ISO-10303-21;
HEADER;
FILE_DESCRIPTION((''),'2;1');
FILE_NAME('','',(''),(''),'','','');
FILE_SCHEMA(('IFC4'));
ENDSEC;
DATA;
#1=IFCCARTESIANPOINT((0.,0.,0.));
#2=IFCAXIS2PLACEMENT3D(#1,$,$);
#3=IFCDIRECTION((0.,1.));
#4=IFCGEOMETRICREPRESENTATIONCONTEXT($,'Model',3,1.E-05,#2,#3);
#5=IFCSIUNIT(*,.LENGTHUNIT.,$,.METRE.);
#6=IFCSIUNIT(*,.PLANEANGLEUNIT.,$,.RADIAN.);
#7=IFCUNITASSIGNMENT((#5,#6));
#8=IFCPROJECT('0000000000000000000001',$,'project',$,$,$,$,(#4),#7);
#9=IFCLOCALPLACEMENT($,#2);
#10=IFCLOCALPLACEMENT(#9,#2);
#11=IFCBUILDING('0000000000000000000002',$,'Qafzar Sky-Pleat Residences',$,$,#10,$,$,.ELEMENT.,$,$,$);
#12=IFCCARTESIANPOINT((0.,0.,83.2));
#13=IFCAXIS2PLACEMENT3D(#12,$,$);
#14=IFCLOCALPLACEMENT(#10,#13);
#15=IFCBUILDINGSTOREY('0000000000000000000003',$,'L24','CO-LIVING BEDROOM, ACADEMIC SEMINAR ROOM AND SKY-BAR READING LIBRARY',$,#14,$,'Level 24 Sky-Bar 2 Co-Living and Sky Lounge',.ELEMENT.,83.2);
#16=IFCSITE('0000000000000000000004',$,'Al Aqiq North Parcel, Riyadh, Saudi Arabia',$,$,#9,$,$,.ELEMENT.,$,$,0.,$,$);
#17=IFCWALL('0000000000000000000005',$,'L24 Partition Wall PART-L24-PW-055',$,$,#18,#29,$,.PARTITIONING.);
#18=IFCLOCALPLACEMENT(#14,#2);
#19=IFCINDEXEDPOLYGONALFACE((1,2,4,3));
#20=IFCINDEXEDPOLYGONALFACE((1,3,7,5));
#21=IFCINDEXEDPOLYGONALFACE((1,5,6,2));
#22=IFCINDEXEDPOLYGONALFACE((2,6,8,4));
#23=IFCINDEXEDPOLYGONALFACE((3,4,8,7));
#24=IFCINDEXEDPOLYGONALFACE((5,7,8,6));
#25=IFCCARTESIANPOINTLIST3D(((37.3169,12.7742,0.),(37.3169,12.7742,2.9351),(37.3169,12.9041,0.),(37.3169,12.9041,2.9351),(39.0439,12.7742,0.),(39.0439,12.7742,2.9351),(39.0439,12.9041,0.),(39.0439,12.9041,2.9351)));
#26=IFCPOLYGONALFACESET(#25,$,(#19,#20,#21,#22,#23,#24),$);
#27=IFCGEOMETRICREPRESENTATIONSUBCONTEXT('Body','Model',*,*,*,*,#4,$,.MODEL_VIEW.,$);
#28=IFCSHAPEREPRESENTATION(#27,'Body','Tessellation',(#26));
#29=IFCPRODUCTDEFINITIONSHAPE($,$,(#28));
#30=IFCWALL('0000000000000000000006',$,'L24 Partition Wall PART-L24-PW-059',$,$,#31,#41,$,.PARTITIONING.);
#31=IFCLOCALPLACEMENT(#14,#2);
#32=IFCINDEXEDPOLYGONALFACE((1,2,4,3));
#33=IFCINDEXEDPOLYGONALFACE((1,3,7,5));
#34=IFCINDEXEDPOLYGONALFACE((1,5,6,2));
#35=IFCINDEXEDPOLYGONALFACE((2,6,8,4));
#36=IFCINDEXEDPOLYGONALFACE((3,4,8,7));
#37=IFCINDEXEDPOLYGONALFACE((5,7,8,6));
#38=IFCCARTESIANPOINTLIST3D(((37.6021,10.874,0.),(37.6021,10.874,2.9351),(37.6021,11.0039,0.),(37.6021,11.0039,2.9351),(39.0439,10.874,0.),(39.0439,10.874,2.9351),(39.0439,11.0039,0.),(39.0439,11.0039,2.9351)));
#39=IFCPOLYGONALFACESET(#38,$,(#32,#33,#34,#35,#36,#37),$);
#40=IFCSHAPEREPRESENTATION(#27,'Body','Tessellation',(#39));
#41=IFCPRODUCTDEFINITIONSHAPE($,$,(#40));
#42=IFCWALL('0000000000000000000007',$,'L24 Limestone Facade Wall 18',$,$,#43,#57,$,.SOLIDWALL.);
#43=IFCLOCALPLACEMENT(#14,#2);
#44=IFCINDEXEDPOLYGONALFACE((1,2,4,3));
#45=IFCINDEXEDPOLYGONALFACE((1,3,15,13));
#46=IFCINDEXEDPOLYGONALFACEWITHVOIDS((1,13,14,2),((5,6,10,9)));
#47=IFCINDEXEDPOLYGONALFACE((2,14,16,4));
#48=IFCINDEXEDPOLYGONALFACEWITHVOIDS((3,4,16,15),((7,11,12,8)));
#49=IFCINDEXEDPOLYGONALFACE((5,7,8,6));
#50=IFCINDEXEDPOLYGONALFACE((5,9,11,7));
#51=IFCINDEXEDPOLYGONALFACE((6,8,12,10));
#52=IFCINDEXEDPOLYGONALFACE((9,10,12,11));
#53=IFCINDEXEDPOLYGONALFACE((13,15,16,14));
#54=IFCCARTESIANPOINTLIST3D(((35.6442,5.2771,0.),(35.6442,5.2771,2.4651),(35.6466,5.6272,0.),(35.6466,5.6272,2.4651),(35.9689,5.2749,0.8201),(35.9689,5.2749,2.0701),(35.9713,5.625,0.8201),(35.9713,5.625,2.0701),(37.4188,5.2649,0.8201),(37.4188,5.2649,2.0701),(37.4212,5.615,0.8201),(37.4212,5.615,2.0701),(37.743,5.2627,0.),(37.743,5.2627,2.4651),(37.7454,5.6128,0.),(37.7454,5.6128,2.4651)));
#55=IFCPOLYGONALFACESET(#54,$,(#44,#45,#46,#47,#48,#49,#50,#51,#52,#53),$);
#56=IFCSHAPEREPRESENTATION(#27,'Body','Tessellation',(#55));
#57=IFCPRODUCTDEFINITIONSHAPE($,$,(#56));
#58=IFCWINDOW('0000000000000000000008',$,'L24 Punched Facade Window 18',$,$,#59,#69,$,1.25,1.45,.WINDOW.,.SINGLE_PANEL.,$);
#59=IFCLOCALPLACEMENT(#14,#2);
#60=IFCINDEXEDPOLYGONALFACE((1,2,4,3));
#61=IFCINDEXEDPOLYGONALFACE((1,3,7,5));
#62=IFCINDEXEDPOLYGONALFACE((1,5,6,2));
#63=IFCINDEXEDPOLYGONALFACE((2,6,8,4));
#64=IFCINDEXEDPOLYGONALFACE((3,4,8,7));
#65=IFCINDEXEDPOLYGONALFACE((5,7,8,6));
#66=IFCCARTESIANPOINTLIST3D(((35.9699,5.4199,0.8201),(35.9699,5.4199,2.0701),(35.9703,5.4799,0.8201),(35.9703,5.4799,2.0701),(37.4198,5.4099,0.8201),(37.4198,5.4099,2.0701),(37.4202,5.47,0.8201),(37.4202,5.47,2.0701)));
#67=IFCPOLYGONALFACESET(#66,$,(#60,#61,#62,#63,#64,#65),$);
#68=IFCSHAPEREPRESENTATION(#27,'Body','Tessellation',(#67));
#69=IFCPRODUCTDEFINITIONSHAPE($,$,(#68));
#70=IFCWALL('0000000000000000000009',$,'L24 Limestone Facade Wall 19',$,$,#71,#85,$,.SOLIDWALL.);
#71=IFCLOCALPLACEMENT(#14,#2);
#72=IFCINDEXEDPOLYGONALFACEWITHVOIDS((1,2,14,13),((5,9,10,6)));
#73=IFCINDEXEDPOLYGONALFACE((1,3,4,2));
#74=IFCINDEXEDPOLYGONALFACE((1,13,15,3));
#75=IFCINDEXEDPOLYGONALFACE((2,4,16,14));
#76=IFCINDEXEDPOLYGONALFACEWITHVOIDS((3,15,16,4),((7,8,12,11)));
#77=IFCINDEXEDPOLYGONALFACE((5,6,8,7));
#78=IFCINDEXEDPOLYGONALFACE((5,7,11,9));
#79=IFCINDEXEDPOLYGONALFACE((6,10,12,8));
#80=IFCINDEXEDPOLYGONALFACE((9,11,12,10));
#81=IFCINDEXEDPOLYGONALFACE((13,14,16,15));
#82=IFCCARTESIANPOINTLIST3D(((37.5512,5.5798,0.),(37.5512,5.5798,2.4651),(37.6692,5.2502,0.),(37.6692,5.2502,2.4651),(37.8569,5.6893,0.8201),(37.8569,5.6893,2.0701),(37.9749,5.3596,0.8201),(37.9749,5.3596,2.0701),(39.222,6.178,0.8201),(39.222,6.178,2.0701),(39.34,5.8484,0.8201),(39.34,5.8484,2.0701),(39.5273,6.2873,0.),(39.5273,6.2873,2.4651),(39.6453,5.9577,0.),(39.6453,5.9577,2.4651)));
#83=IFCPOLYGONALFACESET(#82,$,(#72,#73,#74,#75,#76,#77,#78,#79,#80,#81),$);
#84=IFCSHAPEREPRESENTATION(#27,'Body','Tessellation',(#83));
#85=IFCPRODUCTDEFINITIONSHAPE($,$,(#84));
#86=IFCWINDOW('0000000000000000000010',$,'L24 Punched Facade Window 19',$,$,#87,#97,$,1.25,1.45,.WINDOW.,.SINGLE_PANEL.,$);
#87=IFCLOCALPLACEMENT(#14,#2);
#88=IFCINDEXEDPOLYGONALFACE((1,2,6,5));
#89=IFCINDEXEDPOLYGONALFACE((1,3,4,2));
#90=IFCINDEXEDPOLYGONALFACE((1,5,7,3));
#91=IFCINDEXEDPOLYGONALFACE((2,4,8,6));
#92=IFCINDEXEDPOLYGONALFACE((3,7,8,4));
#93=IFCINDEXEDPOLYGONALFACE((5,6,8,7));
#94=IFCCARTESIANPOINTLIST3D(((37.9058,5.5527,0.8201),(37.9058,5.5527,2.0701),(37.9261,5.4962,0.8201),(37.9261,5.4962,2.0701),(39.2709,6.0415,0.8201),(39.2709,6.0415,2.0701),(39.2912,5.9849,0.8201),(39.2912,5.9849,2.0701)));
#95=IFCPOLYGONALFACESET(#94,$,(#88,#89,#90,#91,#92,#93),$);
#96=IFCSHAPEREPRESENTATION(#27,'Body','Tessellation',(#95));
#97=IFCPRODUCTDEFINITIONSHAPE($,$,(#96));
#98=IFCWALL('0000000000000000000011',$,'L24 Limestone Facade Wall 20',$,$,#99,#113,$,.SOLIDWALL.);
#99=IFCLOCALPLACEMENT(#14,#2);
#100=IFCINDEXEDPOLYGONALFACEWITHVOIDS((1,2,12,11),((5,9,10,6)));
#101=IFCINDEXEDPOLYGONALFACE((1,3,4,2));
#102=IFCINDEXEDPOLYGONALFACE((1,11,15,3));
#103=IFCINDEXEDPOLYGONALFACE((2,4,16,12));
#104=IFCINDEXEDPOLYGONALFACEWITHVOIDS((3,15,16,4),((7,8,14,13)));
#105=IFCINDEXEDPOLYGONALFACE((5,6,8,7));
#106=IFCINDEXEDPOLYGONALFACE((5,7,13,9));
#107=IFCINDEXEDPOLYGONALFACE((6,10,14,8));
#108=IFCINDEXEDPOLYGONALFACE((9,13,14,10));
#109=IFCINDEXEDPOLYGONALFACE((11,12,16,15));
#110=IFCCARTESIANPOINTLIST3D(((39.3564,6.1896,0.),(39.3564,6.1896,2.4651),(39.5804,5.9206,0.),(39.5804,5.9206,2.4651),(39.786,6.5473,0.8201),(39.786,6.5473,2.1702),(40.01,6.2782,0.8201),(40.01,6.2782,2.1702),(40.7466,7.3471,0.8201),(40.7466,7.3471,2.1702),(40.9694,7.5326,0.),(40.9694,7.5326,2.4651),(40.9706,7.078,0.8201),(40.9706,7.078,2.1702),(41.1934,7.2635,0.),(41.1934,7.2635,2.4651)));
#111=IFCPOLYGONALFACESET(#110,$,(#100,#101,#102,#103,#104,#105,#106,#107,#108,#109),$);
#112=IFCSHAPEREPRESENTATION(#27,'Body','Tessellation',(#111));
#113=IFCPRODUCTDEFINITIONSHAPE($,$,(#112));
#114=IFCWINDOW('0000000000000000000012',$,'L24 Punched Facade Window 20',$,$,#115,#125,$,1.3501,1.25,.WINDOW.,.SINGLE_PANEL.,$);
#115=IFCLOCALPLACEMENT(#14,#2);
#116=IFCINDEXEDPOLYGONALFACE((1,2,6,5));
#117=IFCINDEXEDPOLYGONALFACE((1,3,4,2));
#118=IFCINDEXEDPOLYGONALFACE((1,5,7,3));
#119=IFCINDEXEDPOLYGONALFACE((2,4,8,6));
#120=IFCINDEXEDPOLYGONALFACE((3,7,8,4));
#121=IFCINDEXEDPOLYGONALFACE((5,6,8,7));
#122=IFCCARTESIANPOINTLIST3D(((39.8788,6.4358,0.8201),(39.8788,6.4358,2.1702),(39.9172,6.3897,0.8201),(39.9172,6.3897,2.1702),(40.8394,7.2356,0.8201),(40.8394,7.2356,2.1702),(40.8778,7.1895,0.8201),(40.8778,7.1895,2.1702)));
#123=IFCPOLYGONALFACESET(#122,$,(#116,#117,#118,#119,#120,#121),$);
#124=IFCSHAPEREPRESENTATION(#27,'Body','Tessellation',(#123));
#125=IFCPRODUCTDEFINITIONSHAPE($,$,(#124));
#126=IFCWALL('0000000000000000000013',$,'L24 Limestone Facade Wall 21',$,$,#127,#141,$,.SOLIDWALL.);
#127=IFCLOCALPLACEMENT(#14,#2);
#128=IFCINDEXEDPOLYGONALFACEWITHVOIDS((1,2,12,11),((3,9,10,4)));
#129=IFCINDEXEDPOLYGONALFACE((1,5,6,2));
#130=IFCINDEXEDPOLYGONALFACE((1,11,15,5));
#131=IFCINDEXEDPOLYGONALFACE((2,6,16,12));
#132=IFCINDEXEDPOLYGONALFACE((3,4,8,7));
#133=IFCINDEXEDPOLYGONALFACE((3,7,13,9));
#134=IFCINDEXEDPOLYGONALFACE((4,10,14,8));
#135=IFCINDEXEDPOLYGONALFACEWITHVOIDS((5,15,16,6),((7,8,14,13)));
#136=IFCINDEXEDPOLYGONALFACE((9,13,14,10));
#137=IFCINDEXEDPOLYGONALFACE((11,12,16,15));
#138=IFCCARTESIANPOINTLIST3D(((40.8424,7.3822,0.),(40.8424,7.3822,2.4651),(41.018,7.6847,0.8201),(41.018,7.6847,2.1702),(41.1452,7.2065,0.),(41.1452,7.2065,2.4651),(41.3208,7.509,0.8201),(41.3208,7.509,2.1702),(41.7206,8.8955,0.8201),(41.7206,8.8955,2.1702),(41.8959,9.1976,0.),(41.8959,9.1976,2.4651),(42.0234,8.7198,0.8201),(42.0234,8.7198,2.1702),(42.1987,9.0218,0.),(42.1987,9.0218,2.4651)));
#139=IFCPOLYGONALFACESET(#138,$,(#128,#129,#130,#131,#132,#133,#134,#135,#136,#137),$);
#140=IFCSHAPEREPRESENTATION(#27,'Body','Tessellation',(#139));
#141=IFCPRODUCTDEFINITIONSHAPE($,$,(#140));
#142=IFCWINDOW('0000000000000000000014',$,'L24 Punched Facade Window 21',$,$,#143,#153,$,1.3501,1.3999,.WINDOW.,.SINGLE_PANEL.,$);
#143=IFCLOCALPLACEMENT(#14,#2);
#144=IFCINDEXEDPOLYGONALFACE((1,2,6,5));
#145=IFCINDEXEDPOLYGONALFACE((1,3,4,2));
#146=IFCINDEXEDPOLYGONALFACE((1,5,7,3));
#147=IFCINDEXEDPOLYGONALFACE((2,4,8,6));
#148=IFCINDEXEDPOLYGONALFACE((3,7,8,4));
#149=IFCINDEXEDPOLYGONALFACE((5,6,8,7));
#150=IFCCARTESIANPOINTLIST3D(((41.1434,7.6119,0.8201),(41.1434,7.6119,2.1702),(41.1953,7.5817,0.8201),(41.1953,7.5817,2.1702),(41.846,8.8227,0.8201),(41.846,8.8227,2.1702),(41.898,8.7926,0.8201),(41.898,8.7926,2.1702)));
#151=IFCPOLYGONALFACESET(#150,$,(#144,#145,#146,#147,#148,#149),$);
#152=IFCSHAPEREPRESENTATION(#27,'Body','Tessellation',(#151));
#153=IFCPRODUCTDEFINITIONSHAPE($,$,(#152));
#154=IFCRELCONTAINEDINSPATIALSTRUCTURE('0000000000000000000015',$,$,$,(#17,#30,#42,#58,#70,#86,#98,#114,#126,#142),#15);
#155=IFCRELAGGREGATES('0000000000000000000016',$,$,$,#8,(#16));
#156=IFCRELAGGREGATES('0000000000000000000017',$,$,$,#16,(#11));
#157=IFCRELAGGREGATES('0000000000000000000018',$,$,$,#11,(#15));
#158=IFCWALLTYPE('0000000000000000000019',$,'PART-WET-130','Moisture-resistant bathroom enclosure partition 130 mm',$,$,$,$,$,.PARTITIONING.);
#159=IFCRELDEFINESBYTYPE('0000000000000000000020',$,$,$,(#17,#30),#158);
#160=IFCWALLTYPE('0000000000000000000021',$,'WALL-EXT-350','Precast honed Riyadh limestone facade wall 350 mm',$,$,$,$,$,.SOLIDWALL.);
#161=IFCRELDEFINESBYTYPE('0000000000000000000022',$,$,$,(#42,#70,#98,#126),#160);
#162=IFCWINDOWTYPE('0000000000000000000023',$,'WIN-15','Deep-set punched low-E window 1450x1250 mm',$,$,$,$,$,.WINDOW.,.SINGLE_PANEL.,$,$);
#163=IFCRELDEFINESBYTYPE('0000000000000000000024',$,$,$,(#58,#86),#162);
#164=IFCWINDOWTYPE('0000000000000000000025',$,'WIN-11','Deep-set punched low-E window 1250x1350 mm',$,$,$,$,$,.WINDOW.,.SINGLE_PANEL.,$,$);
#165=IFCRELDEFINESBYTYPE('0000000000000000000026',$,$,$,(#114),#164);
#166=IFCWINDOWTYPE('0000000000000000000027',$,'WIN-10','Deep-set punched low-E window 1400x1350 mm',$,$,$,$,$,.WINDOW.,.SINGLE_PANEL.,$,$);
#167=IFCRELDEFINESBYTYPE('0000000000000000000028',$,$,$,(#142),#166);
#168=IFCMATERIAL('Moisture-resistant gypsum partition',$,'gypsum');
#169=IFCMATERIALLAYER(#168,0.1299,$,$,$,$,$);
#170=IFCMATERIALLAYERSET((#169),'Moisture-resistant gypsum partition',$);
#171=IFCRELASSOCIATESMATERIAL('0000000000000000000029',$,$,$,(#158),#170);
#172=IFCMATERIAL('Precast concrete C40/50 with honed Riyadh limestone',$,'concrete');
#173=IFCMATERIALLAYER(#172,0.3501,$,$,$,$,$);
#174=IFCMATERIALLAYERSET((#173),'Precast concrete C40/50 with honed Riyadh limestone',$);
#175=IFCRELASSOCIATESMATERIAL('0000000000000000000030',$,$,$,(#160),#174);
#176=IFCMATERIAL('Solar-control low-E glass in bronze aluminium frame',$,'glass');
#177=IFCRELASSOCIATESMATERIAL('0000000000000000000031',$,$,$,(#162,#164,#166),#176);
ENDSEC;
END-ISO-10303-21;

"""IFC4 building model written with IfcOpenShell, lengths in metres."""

from ifc_helpers import new_model, si_unit, direction, frame, frame_2d, origin, place, context, subcontext, project, spatial, rectangle, extrude, source, transform, mapped, material, layer, layer_set, type_object, element, fill, save


model = new_model("IFC4")

# Units and contexts
model_context = context("Model", 3, precision=1e-05, world=origin(), true_north=direction((0.0, 1.0)))
body_context = subcontext(model_context, "Body", "Model", "MODEL_VIEW")
ifc_project = project(units=[si_unit("LENGTHUNIT", "METRE"), si_unit("PLANEANGLEUNIT", "RADIAN")], contexts=[model_context])

# Site, building, storey
site_placement = place(None, origin())
site = spatial("IfcSite", under=ifc_project, at=site_placement, Name="Al Aqiq North Parcel, Riyadh, Saudi Arabia", CompositionType="ELEMENT", RefElevation=0.0)
building_placement = place(site_placement, origin())
building = spatial("IfcBuilding", under=site, at=building_placement, Name="Qafzar Sky-Pleat Residences", CompositionType="ELEMENT")
storey_placement = place(building_placement, frame((0.0, 0.0, 83.2)))
storey = spatial("IfcBuildingStorey", under=building, at=storey_placement, Name="L24", Description="CO-LIVING BEDROOM, ACADEMIC SEMINAR ROOM AND SKY-BAR READING LIBRARY", LongName="Level 24 Sky-Bar 2 Co-Living and Sky Lounge", CompositionType="ELEMENT", Elevation=83.2)

# Shared definitions
ifc_material_1 = material(Name="Moisture-resistant gypsum partition", Category="gypsum")
ifc_layer_1 = layer(ifc_material_1, 0.1299)
ifc_layer_set_1 = layer_set([ifc_layer_1], Name="Moisture-resistant gypsum partition")
wall_type_1 = type_object("IfcWallType", Name="PART-WET-130", Description="Moisture-resistant bathroom enclosure partition 130 mm", PredefinedType="PARTITIONING", material=ifc_layer_set_1)

# Walls
wall_1_placement = place(storey_placement, frame((37.3169, 12.8391, 0.0), z_axis=(0.0, 0.0, 1.0), x_axis=(1.0, 0.0, 0.0)))
element("IfcWall", 1, at=wall_1_placement, inside=storey, type_object=wall_type_1, Name="L24 Partition Wall PART-L24-PW-055", PredefinedType="PARTITIONING", context=body_context, shape_type="SweptSolid", body=[
    extrude(rectangle(XDim=1.7271, YDim=0.1299, at=frame_2d((0.8635, 0.0))), origin(), (0.0, 0.0, 1.0), 2.9351),
])
wall_2_placement = place(storey_placement, frame((37.6021, 10.939, 0.0), z_axis=(0.0, 0.0, 1.0), x_axis=(1.0, 0.0, 0.0)))
element("IfcWall", 2, at=wall_2_placement, inside=storey, type_object=wall_type_1, Name="L24 Partition Wall PART-L24-PW-059", PredefinedType="PARTITIONING", context=body_context, shape_type="SweptSolid", body=[
    extrude(rectangle(XDim=1.4419, YDim=0.1299, at=frame_2d((0.7209, 0.0))), origin(), (0.0, 0.0, 1.0), 2.9351),
])

# Walls, openings, windows
ifc_material_2 = material(Name="Precast concrete C40/50 with honed Riyadh limestone", Category="concrete")
ifc_layer_2 = layer(ifc_material_2, 0.3501)
ifc_layer_set_2 = layer_set([ifc_layer_2], Name="Precast concrete C40/50 with honed Riyadh limestone")
wall_type_2 = type_object("IfcWallType", Name="WALL-EXT-350", Description="Precast honed Riyadh limestone facade wall 350 mm", PredefinedType="SOLIDWALL", material=ifc_layer_set_2)
wall_3_placement = place(storey_placement, frame((35.6455, 5.4521, 0.0), z_axis=(0.0, 0.0, 1.0), x_axis=(0.999976, -0.006863, 0.0)))
wall_3 = element("IfcWall", 3, at=wall_3_placement, inside=storey, type_object=wall_type_2, Name="L24 Limestone Facade Wall 18", PredefinedType="SOLIDWALL", context=body_context, shape_type="SweptSolid", body=[
    extrude(rectangle(XDim=2.0989, YDim=0.3501, at=frame_2d((1.0493, 0.0))), origin(), (0.0, 0.0, 1.0), 2.4651),
])
opening_1_placement = place(wall_3_placement, frame((0.3245, 0.0, 0.8201)))
opening_1 = element("IfcOpeningElement", 4, at=opening_1_placement, cuts=wall_3, PredefinedType="OPENING", context=body_context, shape_type="SweptSolid", body=[
    extrude(rectangle(XDim=1.45, YDim=1.25, at=frame_2d((0.7251, 0.625))), frame((0.0, 0.1851, 0.0), z_axis=(0.0, -1.0, 0.0), x_axis=(1.0, 0.0, 0.0)), (0.0, 0.0, 1.0), 0.3701),
])
ifc_material_3 = material(Name="Solar-control low-E glass in bronze aluminium frame", Category="glass")
window_type_1 = type_object("IfcWindowType", Name="WIN-15", Description="Deep-set punched low-E window 1450x1250 mm", PartitioningType="SINGLE_PANEL", PredefinedType="WINDOW", material=ifc_material_3)
shared_shape_1 = source(origin(), body_context, "Body", "SweptSolid", [
    extrude(rectangle(XDim=1.45, YDim=1.25, at=frame_2d((0.7251, 0.625))), frame((0.0, 0.03, 0.0), z_axis=(0.0, -1.0, 0.0), x_axis=(1.0, 0.0, 0.0)), (0.0, 0.0, 1.0), 0.0601),
])
window_1_placement = place(opening_1_placement, origin())
window_1 = element("IfcWindow", 5, at=window_1_placement, inside=storey, type_object=window_type_1, Name="L24 Punched Facade Window 18", OverallHeight=1.25, OverallWidth=1.45, PartitioningType="SINGLE_PANEL", PredefinedType="WINDOW", context=body_context, shape_type="MappedRepresentation", body=[
    mapped(shared_shape_1, transform((0.0, 0.0, 0.0), x_axis=(1.0, 0.0, 0.0), y_axis=(0.0, 1.0, 0.0), z_axis=(0.0, 0.0, 1.0), scale=1.0)),
])
fill(opening_1, window_1)
wall_4_placement = place(storey_placement, frame((37.6104, 5.415, 0.0), z_axis=(0.0, 0.0, 1.0), x_axis=(0.941473, 0.337088, 0.0)))
wall_4 = element("IfcWall", 6, at=wall_4_placement, inside=storey, type_object=wall_type_2, Name="L24 Limestone Facade Wall 19", PredefinedType="SOLIDWALL", context=body_context, shape_type="SweptSolid", body=[
    extrude(rectangle(XDim=2.0989, YDim=0.3501, at=frame_2d((1.0493, 0.0))), origin(), (0.0, 0.0, 1.0), 2.4651),
])
opening_2_placement = place(wall_4_placement, frame((0.3245, 0.0, 0.8201)))
opening_2 = element("IfcOpeningElement", 7, at=opening_2_placement, cuts=wall_4, PredefinedType="OPENING", context=body_context, shape_type="SweptSolid", body=[
    extrude(rectangle(XDim=1.45, YDim=1.25, at=frame_2d((0.7251, 0.625))), frame((0.0, 0.1851, 0.0), z_axis=(0.0, -1.0, 0.0), x_axis=(1.0, 0.0, 0.0)), (0.0, 0.0, 1.0), 0.3701),
])
window_2_placement = place(opening_2_placement, origin())
window_2 = element("IfcWindow", 8, at=window_2_placement, inside=storey, type_object=window_type_1, Name="L24 Punched Facade Window 19", OverallHeight=1.25, OverallWidth=1.45, PartitioningType="SINGLE_PANEL", PredefinedType="WINDOW", context=body_context, shape_type="MappedRepresentation", body=[
    mapped(shared_shape_1, transform((0.0, 0.0, 0.0), x_axis=(1.0, 0.0, 0.0), y_axis=(0.0, 1.0, 0.0), z_axis=(0.0, 0.0, 1.0), scale=1.0)),
])
fill(opening_2, window_2)
wall_5_placement = place(storey_placement, frame((39.4685, 6.0552, 0.0), z_axis=(0.0, 0.0, 1.0), x_axis=(0.768498, 0.639853, 0.0)))
wall_5 = element("IfcWall", 9, at=wall_5_placement, inside=storey, type_object=wall_type_2, Name="L24 Limestone Facade Wall 20", PredefinedType="SOLIDWALL", context=body_context, shape_type="SweptSolid", body=[
    extrude(rectangle(XDim=2.0989, YDim=0.3501, at=frame_2d((1.0493, 0.0))), origin(), (0.0, 0.0, 1.0), 2.4651),
])
opening_3_placement = place(wall_5_placement, frame((0.5588, 0.0, 0.8201)))
opening_3 = element("IfcOpeningElement", 10, at=opening_3_placement, cuts=wall_5, PredefinedType="OPENING", context=body_context, shape_type="SweptSolid", body=[
    extrude(rectangle(XDim=1.25, YDim=1.3501, at=frame_2d((0.625, 0.675))), frame((0.0, 0.1851, 0.0), z_axis=(0.0, -1.0, 0.0), x_axis=(1.0, 0.0, 0.0)), (0.0, 0.0, 1.0), 0.3701),
])
window_type_2 = type_object("IfcWindowType", Name="WIN-11", Description="Deep-set punched low-E window 1250x1350 mm", PartitioningType="SINGLE_PANEL", PredefinedType="WINDOW", material=ifc_material_3)
shared_shape_2 = source(origin(), body_context, "Body", "SweptSolid", [
    extrude(rectangle(XDim=1.25, YDim=1.3501, at=frame_2d((0.625, 0.675))), frame((0.0, 0.03, 0.0), z_axis=(0.0, -1.0, 0.0), x_axis=(1.0, 0.0, 0.0)), (0.0, 0.0, 1.0), 0.0601),
])
window_3_placement = place(opening_3_placement, origin())
window_3 = element("IfcWindow", 11, at=window_3_placement, inside=storey, type_object=window_type_2, Name="L24 Punched Facade Window 20", OverallHeight=1.3501, OverallWidth=1.25, PartitioningType="SINGLE_PANEL", PredefinedType="WINDOW", context=body_context, shape_type="MappedRepresentation", body=[
    mapped(shared_shape_2, transform((0.0, 0.0, 0.0), x_axis=(1.0, 0.0, 0.0), y_axis=(0.0, 1.0, 0.0), z_axis=(0.0, 0.0, 1.0), scale=1.0)),
])
fill(opening_3, window_3)
wall_6_placement = place(storey_placement, frame((40.9939, 7.2944, 0.0), z_axis=(0.0, 0.0, 1.0), x_axis=(0.501903, 0.864924, 0.0)))
wall_6 = element("IfcWall", 12, at=wall_6_placement, inside=storey, type_object=wall_type_2, Name="L24 Limestone Facade Wall 21", PredefinedType="SOLIDWALL", context=body_context, shape_type="SweptSolid", body=[
    extrude(rectangle(XDim=2.0989, YDim=0.3501, at=frame_2d((1.0493, 0.0))), origin(), (0.0, 0.0, 1.0), 2.4651),
])
opening_4_placement = place(wall_6_placement, frame((0.3496, 0.0, 0.8201)))
opening_4 = element("IfcOpeningElement", 13, at=opening_4_placement, cuts=wall_6, PredefinedType="OPENING", context=body_context, shape_type="SweptSolid", body=[
    extrude(rectangle(XDim=1.3999, YDim=1.3501, at=frame_2d((0.7, 0.675))), frame((0.0, 0.1851, 0.0), z_axis=(0.0, -1.0, 0.0), x_axis=(1.0, 0.0, 0.0)), (0.0, 0.0, 1.0), 0.3701),
])
window_type_3 = type_object("IfcWindowType", Name="WIN-10", Description="Deep-set punched low-E window 1400x1350 mm", PartitioningType="SINGLE_PANEL", PredefinedType="WINDOW", material=ifc_material_3)
shared_shape_3 = source(origin(), body_context, "Body", "SweptSolid", [
    extrude(rectangle(XDim=1.3999, YDim=1.3501, at=frame_2d((0.7, 0.675))), frame((0.0, 0.03, 0.0), z_axis=(0.0, -1.0, 0.0), x_axis=(1.0, 0.0, 0.0)), (0.0, 0.0, 1.0), 0.0601),
])
window_4_placement = place(opening_4_placement, origin())
window_4 = element("IfcWindow", 14, at=window_4_placement, inside=storey, type_object=window_type_3, Name="L24 Punched Facade Window 21", OverallHeight=1.3501, OverallWidth=1.3999, PartitioningType="SINGLE_PANEL", PredefinedType="WINDOW", context=body_context, shape_type="MappedRepresentation", body=[
    mapped(shared_shape_3, transform((0.0, 0.0, 0.0), x_axis=(1.0, 0.0, 0.0), y_axis=(0.0, 1.0, 0.0), z_axis=(0.0, 0.0, 1.0), scale=1.0)),
])
fill(opening_4, window_4)

save(model, "model.ifc")
